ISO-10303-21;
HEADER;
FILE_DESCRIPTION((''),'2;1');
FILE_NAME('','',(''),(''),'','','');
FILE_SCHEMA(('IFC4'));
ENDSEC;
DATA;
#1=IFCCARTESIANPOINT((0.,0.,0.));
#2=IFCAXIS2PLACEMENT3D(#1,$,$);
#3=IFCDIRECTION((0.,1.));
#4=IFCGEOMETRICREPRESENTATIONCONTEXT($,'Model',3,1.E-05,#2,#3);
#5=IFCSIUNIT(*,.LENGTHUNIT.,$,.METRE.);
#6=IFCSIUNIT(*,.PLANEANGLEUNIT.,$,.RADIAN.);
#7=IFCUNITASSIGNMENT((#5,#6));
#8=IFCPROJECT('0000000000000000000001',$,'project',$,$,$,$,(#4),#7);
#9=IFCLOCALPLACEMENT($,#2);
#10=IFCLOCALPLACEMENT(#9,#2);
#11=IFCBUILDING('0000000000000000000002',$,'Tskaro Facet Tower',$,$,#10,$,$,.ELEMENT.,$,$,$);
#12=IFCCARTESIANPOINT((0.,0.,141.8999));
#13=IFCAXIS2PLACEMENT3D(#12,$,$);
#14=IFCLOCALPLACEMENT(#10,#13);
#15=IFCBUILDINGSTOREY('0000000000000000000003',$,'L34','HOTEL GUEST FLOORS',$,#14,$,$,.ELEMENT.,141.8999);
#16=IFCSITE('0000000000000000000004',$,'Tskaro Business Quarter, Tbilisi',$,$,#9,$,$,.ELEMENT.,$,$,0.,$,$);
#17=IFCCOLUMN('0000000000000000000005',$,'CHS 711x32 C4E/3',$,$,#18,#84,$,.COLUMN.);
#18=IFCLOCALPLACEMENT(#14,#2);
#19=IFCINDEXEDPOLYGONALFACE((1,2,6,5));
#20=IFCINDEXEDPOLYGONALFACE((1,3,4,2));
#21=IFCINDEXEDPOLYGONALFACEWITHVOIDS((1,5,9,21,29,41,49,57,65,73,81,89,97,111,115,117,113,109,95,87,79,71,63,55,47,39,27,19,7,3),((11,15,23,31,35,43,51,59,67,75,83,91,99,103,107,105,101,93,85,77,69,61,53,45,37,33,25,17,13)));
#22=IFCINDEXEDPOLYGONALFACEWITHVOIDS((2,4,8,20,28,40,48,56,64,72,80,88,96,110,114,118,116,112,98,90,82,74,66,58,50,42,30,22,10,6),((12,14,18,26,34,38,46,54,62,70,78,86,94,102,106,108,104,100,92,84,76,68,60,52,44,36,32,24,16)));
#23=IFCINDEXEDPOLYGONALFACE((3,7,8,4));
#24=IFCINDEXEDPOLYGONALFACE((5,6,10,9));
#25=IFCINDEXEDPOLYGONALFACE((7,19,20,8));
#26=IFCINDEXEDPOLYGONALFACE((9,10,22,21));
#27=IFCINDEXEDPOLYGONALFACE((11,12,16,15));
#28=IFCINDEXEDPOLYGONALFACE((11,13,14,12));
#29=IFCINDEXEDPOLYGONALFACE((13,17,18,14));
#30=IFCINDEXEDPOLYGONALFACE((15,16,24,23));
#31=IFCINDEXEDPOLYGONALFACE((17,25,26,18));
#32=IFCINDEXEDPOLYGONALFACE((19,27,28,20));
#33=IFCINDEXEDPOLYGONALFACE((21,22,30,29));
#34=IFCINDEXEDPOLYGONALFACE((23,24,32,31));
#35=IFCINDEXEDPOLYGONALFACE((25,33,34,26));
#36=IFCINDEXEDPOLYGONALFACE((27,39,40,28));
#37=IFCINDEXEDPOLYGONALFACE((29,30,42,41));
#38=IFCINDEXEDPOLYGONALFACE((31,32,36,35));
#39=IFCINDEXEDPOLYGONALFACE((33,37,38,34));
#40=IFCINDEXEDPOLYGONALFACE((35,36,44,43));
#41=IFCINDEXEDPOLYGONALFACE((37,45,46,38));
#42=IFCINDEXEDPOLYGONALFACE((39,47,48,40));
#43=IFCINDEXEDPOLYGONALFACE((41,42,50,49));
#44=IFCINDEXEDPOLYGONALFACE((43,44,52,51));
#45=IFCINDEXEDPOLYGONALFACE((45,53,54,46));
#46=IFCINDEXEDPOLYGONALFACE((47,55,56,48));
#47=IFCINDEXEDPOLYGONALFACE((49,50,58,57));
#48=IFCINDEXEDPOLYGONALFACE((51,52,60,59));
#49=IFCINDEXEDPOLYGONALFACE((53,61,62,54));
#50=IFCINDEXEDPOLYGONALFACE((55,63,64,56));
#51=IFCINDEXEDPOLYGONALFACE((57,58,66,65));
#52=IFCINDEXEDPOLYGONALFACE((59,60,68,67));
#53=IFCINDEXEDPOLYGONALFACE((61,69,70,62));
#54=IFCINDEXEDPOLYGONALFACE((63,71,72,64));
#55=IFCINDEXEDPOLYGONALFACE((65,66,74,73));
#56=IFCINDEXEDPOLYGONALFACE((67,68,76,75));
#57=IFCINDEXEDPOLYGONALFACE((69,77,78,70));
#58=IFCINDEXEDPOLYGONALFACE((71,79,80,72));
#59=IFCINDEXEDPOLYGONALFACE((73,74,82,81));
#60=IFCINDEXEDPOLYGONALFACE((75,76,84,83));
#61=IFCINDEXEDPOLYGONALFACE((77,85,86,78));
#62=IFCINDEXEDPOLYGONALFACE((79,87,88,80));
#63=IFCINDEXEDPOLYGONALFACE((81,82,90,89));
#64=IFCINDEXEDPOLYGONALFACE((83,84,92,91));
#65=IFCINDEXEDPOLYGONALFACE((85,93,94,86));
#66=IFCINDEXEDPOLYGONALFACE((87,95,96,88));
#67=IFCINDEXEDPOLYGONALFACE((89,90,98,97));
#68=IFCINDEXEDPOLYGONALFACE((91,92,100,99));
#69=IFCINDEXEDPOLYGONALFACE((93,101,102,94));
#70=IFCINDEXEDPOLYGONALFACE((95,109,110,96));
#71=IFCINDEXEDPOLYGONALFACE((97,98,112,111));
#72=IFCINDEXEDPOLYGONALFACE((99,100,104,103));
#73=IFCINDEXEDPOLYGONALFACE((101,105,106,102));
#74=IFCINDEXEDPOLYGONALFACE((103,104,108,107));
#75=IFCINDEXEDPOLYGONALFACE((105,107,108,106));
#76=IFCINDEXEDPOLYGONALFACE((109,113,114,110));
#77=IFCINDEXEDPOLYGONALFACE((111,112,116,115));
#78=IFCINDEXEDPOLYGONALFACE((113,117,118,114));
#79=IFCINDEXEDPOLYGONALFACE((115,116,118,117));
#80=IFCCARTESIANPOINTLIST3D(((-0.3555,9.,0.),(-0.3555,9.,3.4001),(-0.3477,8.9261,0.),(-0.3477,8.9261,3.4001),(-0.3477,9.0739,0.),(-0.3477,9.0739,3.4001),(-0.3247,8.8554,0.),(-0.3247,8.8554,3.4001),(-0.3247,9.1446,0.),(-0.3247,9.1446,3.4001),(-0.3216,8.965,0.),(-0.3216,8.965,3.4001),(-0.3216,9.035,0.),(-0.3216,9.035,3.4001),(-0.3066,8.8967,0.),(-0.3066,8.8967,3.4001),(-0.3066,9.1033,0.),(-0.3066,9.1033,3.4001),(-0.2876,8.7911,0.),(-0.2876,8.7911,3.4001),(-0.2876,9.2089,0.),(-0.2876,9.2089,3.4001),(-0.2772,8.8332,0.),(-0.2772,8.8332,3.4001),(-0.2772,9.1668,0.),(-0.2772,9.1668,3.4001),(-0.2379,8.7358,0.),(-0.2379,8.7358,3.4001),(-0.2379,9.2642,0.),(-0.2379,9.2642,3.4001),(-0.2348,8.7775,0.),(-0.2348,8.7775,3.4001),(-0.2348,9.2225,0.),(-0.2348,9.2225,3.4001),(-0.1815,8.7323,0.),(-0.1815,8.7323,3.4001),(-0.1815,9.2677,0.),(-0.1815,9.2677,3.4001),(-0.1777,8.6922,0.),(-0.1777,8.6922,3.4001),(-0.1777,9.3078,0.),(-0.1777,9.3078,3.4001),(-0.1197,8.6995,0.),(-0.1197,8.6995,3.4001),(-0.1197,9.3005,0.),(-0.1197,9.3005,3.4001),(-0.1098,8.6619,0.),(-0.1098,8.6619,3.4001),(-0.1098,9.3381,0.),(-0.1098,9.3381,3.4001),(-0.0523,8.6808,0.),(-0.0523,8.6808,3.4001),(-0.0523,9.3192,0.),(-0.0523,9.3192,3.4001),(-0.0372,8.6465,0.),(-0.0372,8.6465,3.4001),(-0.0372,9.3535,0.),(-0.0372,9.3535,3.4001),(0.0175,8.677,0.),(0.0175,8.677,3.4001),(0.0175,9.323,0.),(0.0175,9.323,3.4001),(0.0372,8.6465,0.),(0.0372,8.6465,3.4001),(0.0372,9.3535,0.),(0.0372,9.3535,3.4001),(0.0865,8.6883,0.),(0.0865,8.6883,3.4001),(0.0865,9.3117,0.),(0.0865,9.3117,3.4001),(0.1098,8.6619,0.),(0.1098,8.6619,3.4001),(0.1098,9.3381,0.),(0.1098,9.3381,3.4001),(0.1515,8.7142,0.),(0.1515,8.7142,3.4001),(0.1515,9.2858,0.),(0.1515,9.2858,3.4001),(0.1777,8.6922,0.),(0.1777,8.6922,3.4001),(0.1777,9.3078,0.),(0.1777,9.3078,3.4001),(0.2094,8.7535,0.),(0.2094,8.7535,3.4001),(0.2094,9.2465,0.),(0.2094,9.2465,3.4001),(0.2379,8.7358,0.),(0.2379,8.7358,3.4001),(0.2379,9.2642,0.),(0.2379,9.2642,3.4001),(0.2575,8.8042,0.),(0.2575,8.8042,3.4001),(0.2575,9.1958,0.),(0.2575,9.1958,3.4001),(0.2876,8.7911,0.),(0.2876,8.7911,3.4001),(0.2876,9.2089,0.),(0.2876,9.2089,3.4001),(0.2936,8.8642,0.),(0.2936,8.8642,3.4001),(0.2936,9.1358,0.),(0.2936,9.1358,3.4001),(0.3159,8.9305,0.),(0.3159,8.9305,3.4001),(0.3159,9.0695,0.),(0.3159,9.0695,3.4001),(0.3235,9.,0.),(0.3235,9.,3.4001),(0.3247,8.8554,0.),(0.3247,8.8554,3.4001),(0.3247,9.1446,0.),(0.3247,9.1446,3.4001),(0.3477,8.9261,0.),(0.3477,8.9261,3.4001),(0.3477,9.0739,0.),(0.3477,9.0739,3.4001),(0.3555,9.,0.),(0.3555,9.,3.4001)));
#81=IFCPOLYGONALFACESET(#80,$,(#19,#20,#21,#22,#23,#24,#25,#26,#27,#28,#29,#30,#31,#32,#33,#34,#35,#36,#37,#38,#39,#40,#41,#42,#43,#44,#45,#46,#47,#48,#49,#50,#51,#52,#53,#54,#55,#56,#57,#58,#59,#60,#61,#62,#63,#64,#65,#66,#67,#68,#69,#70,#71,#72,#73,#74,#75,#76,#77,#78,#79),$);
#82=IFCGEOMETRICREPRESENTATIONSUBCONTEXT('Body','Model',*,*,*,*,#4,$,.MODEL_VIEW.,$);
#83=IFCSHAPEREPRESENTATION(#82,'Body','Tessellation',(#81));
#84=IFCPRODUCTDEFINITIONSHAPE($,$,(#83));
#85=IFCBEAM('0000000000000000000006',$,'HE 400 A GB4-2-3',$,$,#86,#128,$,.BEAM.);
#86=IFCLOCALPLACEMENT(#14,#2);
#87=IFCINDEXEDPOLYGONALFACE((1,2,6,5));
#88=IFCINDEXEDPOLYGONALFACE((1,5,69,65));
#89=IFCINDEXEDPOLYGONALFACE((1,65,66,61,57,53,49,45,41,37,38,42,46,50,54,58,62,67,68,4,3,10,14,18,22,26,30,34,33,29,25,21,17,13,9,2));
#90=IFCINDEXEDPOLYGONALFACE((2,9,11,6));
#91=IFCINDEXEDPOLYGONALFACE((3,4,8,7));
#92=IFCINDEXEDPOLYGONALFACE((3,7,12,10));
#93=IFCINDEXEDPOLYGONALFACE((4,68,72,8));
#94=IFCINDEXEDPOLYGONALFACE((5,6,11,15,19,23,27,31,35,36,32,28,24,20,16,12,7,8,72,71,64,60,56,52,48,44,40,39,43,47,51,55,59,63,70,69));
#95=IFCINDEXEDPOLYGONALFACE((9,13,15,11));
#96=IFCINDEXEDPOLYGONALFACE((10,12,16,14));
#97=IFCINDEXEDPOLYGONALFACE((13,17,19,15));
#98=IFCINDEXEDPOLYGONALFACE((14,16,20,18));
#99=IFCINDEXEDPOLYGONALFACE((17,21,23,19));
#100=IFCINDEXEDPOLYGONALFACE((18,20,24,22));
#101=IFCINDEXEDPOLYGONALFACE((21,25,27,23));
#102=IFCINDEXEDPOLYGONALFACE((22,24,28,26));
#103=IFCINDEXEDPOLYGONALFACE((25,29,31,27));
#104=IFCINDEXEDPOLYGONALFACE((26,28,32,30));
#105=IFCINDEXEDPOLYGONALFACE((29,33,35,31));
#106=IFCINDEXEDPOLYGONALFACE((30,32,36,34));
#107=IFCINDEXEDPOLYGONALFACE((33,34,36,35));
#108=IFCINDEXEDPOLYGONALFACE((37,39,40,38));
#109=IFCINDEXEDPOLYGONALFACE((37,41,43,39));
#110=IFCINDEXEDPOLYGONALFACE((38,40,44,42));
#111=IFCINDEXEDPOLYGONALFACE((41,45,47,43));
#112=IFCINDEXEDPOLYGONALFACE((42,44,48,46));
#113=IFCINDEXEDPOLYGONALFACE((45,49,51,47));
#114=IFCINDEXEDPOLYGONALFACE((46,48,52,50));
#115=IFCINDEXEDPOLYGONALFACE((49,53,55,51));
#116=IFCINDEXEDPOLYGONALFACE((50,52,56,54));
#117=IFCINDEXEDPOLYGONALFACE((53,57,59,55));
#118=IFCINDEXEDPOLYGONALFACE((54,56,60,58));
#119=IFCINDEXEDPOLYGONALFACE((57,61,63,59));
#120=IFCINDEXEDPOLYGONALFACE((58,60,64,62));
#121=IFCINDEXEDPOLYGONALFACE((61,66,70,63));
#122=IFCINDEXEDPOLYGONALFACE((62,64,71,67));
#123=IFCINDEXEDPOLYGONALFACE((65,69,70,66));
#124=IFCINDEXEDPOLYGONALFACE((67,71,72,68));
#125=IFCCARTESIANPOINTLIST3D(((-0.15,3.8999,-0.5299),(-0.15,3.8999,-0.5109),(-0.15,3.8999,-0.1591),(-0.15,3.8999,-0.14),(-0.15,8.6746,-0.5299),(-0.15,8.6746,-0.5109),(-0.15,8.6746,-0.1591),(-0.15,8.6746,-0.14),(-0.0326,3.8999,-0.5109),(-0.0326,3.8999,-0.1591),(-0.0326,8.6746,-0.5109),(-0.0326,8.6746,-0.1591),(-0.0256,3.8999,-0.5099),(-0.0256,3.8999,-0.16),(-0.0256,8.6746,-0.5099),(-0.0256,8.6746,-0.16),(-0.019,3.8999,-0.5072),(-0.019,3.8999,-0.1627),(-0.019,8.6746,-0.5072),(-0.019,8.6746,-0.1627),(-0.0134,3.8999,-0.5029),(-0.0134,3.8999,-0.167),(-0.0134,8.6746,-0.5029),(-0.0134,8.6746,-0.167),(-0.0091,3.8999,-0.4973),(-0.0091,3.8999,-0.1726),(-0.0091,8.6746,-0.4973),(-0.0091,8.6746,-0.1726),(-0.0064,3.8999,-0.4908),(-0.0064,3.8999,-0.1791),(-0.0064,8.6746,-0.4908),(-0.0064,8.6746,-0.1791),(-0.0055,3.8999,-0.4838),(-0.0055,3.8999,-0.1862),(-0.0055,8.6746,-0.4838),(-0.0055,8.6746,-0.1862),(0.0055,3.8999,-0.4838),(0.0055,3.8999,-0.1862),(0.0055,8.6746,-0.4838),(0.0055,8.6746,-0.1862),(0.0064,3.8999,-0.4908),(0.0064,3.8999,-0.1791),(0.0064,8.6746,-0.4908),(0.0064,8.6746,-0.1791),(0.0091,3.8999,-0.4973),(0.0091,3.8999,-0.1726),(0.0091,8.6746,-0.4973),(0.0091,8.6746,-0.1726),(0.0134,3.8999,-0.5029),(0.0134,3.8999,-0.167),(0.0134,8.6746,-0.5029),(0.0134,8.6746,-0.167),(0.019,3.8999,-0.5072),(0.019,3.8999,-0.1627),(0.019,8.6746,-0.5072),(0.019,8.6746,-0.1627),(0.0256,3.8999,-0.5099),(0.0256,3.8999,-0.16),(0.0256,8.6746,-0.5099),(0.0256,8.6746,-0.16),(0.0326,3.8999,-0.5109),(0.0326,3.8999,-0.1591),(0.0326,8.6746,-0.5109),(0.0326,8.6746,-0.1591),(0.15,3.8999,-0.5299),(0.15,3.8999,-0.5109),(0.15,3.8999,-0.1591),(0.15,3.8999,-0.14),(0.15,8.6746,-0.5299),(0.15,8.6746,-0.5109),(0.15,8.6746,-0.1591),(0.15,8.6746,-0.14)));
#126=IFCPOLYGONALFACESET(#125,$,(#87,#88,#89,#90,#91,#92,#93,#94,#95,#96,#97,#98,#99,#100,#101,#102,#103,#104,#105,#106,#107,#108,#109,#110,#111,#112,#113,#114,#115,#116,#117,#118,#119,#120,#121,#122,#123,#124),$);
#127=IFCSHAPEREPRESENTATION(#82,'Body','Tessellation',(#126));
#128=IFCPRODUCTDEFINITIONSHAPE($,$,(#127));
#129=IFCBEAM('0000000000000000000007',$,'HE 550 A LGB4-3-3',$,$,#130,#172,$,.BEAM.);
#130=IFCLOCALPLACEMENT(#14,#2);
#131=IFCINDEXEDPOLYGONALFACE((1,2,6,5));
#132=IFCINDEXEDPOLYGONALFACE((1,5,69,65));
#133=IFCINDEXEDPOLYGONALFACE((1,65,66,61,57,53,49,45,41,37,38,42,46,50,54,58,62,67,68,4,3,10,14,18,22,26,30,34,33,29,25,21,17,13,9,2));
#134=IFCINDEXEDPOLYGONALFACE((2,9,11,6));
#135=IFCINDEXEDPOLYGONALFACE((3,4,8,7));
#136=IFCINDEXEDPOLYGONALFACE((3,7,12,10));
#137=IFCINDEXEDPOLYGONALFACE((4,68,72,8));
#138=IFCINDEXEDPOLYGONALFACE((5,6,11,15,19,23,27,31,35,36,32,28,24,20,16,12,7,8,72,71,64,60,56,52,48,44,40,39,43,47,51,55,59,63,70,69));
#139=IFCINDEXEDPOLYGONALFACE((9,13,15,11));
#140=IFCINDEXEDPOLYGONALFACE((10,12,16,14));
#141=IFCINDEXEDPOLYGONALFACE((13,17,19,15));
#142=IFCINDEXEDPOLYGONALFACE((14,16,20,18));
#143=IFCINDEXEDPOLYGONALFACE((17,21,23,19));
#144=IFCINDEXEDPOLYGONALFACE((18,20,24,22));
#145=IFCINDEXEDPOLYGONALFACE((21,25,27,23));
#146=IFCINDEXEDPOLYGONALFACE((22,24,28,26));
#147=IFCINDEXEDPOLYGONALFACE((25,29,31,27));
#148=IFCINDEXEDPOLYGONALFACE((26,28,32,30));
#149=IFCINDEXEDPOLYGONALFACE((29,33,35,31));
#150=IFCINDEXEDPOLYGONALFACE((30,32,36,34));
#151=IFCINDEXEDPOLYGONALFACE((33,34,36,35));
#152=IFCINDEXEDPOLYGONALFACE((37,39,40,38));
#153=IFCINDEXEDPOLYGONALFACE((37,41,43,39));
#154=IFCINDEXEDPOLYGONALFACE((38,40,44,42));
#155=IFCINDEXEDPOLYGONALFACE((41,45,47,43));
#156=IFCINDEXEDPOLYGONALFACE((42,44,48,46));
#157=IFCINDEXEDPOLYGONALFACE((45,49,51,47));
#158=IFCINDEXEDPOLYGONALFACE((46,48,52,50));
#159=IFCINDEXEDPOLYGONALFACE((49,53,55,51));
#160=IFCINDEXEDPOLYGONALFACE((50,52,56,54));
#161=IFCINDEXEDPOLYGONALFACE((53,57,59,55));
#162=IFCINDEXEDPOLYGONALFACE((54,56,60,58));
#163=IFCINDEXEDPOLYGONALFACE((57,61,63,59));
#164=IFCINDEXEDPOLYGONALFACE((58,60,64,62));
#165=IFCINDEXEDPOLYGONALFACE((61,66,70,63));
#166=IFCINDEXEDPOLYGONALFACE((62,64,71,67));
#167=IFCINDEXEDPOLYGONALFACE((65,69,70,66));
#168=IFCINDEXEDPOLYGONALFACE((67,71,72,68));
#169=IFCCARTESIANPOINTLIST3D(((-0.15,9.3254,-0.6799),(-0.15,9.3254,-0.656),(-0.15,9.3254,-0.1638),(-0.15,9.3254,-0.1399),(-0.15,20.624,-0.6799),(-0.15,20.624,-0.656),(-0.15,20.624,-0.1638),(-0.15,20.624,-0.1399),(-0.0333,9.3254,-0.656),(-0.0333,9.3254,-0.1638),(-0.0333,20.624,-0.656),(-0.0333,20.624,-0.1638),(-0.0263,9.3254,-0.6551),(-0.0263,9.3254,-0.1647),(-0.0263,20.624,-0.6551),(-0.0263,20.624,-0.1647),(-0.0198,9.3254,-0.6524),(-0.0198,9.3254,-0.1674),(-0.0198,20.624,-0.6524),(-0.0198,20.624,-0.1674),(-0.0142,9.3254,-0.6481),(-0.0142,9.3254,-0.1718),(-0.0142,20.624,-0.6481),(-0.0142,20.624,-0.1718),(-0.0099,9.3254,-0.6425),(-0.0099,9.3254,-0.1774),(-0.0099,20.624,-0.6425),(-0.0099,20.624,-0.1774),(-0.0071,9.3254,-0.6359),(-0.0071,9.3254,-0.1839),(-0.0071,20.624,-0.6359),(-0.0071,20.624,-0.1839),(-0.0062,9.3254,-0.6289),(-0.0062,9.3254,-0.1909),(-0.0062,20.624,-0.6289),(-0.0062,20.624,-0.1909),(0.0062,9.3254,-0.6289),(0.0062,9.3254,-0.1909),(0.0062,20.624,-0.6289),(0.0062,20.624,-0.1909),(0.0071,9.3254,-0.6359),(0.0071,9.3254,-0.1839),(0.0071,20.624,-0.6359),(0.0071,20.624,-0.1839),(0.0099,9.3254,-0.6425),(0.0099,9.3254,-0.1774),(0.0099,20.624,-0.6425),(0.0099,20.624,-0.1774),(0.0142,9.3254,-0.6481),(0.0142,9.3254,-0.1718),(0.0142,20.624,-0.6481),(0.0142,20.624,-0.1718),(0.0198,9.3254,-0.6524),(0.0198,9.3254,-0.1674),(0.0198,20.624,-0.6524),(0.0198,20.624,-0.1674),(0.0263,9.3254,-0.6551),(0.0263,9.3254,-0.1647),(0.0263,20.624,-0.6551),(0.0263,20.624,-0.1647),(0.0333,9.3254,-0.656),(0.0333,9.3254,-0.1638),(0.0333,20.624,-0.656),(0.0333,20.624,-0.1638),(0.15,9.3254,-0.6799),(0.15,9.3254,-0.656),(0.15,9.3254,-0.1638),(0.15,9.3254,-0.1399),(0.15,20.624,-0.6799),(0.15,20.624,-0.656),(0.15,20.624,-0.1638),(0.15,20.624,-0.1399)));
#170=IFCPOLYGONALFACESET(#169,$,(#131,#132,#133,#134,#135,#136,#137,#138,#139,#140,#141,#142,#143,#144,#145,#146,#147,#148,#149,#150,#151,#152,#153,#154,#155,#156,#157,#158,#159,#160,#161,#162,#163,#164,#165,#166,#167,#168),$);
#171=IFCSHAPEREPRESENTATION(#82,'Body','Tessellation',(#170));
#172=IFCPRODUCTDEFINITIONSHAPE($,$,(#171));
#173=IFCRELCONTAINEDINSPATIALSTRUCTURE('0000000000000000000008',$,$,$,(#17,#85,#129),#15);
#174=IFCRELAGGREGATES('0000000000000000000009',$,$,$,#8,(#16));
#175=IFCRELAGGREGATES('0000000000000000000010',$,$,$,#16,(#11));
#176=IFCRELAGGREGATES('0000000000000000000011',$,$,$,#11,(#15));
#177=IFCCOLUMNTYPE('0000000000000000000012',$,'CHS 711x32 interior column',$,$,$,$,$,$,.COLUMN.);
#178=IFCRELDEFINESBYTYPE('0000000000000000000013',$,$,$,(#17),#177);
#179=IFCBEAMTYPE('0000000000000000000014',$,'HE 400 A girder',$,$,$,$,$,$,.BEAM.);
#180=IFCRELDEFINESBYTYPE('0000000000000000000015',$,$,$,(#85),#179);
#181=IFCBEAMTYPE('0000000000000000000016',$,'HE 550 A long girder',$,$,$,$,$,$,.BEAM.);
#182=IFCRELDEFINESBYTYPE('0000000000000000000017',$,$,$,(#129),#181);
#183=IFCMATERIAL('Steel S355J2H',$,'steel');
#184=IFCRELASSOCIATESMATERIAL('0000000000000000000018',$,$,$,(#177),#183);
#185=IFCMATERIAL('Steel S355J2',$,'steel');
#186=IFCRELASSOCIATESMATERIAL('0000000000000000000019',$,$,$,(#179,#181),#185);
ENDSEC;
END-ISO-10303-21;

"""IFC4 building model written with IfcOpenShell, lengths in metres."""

from ifc_helpers import new_model, si_unit, direction, frame, origin, origin_2d, place, context, subcontext, project, spatial, hollow_circle, i_section, extrude, material, material_profile, profile_set, type_object, element, save


model = new_model("IFC4")

# Units and contexts
model_context = context("Model", 3, precision=1e-05, world=origin(), true_north=direction((0.0, 1.0)))
body_context = subcontext(model_context, "Body", "Model", "MODEL_VIEW")
ifc_project = project(units=[si_unit("LENGTHUNIT", "METRE"), si_unit("PLANEANGLEUNIT", "RADIAN")], contexts=[model_context])

# Site, building, storey
site_placement = place(None, origin())
site = spatial("IfcSite", under=ifc_project, at=site_placement, Name="Tskaro Business Quarter, Tbilisi", CompositionType="ELEMENT", RefElevation=0.0)
building_placement = place(site_placement, origin())
building = spatial("IfcBuilding", under=site, at=building_placement, Name="Tskaro Facet Tower", CompositionType="ELEMENT")
storey_placement = place(building_placement, frame((0.0, 0.0, 141.8999)))
storey = spatial("IfcBuildingStorey", under=building, at=storey_placement, Name="L34", Description="HOTEL GUEST FLOORS", CompositionType="ELEMENT", Elevation=141.8999)

# Column
ifc_material_1 = material(Name="Steel S355J2H", Category="steel")
ifc_material_profile_1 = material_profile(ifc_material_1, hollow_circle(Radius=0.3555, WallThickness=0.032, at=origin_2d()), Name="CHS 711x32")
ifc_profile_set_1 = profile_set([ifc_material_profile_1], Name="Steel S355J2H")
column_type = type_object("IfcColumnType", Name="CHS 711x32 interior column", PredefinedType="COLUMN", material=ifc_profile_set_1)
column_placement = place(storey_placement, frame((0.0, 9.0, 0.0), z_axis=(0.0, 0.0, 1.0), x_axis=(1.0, 0.0, 0.0)))
element("IfcColumn", 1, at=column_placement, inside=storey, type_object=column_type, Name="CHS 711x32 C4E/3", PredefinedType="COLUMN", context=body_context, shape_type="SweptSolid", body=[
    extrude(hollow_circle(Radius=0.3555, WallThickness=0.032, at=origin_2d()), origin(), (0.0, 0.0, 1.0), 3.4001),
])

# Beams
ifc_material_2 = material(Name="Steel S355J2", Category="steel")
ifc_material_profile_2 = material_profile(ifc_material_2, i_section(OverallWidth=0.3, OverallDepth=0.3899, WebThickness=0.011, FlangeThickness=0.019, FilletRadius=0.0271, at=origin_2d()), Name="HE 400 A")
ifc_profile_set_2 = profile_set([ifc_material_profile_2], Name="Steel S355J2")
beam_type_1 = type_object("IfcBeamType", Name="HE 400 A girder", PredefinedType="BEAM", material=ifc_profile_set_2)
beam_1_placement = place(storey_placement, frame((0.0, 3.8999, -0.335), z_axis=(0.0, 1.0, 0.0), x_axis=(-1.0, 0.0, 0.0)))
element("IfcBeam", 2, at=beam_1_placement, inside=storey, type_object=beam_type_1, Name="HE 400 A GB4-2-3", PredefinedType="BEAM", context=body_context, shape_type="SweptSolid", body=[
    extrude(i_section(OverallWidth=0.3, OverallDepth=0.3899, WebThickness=0.011, FlangeThickness=0.019, FilletRadius=0.0271, at=origin_2d()), origin(), (0.0, 0.0, 1.0), 4.7747),
])
ifc_material_profile_3 = material_profile(ifc_material_2, i_section(OverallWidth=0.3, OverallDepth=0.54, WebThickness=0.0125, FlangeThickness=0.0239, FilletRadius=0.0271, at=origin_2d()), Name="HE 550 A")
ifc_profile_set_3 = profile_set([ifc_material_profile_3], Name="Steel S355J2")
beam_type_2 = type_object("IfcBeamType", Name="HE 550 A long girder", PredefinedType="BEAM", material=ifc_profile_set_3)
beam_2_placement = place(storey_placement, frame((0.0, 9.3254, -0.4099), z_axis=(0.0, 1.0, 0.0), x_axis=(-1.0, 0.0, 0.0)))
element("IfcBeam", 3, at=beam_2_placement, inside=storey, type_object=beam_type_2, Name="HE 550 A LGB4-3-3", PredefinedType="BEAM", context=body_context, shape_type="SweptSolid", body=[
    extrude(i_section(OverallWidth=0.3, OverallDepth=0.54, WebThickness=0.0125, FlangeThickness=0.0239, FilletRadius=0.0271, at=origin_2d()), origin(), (0.0, 0.0, 1.0), 11.2986),
])

save(model, "model.ifc")
